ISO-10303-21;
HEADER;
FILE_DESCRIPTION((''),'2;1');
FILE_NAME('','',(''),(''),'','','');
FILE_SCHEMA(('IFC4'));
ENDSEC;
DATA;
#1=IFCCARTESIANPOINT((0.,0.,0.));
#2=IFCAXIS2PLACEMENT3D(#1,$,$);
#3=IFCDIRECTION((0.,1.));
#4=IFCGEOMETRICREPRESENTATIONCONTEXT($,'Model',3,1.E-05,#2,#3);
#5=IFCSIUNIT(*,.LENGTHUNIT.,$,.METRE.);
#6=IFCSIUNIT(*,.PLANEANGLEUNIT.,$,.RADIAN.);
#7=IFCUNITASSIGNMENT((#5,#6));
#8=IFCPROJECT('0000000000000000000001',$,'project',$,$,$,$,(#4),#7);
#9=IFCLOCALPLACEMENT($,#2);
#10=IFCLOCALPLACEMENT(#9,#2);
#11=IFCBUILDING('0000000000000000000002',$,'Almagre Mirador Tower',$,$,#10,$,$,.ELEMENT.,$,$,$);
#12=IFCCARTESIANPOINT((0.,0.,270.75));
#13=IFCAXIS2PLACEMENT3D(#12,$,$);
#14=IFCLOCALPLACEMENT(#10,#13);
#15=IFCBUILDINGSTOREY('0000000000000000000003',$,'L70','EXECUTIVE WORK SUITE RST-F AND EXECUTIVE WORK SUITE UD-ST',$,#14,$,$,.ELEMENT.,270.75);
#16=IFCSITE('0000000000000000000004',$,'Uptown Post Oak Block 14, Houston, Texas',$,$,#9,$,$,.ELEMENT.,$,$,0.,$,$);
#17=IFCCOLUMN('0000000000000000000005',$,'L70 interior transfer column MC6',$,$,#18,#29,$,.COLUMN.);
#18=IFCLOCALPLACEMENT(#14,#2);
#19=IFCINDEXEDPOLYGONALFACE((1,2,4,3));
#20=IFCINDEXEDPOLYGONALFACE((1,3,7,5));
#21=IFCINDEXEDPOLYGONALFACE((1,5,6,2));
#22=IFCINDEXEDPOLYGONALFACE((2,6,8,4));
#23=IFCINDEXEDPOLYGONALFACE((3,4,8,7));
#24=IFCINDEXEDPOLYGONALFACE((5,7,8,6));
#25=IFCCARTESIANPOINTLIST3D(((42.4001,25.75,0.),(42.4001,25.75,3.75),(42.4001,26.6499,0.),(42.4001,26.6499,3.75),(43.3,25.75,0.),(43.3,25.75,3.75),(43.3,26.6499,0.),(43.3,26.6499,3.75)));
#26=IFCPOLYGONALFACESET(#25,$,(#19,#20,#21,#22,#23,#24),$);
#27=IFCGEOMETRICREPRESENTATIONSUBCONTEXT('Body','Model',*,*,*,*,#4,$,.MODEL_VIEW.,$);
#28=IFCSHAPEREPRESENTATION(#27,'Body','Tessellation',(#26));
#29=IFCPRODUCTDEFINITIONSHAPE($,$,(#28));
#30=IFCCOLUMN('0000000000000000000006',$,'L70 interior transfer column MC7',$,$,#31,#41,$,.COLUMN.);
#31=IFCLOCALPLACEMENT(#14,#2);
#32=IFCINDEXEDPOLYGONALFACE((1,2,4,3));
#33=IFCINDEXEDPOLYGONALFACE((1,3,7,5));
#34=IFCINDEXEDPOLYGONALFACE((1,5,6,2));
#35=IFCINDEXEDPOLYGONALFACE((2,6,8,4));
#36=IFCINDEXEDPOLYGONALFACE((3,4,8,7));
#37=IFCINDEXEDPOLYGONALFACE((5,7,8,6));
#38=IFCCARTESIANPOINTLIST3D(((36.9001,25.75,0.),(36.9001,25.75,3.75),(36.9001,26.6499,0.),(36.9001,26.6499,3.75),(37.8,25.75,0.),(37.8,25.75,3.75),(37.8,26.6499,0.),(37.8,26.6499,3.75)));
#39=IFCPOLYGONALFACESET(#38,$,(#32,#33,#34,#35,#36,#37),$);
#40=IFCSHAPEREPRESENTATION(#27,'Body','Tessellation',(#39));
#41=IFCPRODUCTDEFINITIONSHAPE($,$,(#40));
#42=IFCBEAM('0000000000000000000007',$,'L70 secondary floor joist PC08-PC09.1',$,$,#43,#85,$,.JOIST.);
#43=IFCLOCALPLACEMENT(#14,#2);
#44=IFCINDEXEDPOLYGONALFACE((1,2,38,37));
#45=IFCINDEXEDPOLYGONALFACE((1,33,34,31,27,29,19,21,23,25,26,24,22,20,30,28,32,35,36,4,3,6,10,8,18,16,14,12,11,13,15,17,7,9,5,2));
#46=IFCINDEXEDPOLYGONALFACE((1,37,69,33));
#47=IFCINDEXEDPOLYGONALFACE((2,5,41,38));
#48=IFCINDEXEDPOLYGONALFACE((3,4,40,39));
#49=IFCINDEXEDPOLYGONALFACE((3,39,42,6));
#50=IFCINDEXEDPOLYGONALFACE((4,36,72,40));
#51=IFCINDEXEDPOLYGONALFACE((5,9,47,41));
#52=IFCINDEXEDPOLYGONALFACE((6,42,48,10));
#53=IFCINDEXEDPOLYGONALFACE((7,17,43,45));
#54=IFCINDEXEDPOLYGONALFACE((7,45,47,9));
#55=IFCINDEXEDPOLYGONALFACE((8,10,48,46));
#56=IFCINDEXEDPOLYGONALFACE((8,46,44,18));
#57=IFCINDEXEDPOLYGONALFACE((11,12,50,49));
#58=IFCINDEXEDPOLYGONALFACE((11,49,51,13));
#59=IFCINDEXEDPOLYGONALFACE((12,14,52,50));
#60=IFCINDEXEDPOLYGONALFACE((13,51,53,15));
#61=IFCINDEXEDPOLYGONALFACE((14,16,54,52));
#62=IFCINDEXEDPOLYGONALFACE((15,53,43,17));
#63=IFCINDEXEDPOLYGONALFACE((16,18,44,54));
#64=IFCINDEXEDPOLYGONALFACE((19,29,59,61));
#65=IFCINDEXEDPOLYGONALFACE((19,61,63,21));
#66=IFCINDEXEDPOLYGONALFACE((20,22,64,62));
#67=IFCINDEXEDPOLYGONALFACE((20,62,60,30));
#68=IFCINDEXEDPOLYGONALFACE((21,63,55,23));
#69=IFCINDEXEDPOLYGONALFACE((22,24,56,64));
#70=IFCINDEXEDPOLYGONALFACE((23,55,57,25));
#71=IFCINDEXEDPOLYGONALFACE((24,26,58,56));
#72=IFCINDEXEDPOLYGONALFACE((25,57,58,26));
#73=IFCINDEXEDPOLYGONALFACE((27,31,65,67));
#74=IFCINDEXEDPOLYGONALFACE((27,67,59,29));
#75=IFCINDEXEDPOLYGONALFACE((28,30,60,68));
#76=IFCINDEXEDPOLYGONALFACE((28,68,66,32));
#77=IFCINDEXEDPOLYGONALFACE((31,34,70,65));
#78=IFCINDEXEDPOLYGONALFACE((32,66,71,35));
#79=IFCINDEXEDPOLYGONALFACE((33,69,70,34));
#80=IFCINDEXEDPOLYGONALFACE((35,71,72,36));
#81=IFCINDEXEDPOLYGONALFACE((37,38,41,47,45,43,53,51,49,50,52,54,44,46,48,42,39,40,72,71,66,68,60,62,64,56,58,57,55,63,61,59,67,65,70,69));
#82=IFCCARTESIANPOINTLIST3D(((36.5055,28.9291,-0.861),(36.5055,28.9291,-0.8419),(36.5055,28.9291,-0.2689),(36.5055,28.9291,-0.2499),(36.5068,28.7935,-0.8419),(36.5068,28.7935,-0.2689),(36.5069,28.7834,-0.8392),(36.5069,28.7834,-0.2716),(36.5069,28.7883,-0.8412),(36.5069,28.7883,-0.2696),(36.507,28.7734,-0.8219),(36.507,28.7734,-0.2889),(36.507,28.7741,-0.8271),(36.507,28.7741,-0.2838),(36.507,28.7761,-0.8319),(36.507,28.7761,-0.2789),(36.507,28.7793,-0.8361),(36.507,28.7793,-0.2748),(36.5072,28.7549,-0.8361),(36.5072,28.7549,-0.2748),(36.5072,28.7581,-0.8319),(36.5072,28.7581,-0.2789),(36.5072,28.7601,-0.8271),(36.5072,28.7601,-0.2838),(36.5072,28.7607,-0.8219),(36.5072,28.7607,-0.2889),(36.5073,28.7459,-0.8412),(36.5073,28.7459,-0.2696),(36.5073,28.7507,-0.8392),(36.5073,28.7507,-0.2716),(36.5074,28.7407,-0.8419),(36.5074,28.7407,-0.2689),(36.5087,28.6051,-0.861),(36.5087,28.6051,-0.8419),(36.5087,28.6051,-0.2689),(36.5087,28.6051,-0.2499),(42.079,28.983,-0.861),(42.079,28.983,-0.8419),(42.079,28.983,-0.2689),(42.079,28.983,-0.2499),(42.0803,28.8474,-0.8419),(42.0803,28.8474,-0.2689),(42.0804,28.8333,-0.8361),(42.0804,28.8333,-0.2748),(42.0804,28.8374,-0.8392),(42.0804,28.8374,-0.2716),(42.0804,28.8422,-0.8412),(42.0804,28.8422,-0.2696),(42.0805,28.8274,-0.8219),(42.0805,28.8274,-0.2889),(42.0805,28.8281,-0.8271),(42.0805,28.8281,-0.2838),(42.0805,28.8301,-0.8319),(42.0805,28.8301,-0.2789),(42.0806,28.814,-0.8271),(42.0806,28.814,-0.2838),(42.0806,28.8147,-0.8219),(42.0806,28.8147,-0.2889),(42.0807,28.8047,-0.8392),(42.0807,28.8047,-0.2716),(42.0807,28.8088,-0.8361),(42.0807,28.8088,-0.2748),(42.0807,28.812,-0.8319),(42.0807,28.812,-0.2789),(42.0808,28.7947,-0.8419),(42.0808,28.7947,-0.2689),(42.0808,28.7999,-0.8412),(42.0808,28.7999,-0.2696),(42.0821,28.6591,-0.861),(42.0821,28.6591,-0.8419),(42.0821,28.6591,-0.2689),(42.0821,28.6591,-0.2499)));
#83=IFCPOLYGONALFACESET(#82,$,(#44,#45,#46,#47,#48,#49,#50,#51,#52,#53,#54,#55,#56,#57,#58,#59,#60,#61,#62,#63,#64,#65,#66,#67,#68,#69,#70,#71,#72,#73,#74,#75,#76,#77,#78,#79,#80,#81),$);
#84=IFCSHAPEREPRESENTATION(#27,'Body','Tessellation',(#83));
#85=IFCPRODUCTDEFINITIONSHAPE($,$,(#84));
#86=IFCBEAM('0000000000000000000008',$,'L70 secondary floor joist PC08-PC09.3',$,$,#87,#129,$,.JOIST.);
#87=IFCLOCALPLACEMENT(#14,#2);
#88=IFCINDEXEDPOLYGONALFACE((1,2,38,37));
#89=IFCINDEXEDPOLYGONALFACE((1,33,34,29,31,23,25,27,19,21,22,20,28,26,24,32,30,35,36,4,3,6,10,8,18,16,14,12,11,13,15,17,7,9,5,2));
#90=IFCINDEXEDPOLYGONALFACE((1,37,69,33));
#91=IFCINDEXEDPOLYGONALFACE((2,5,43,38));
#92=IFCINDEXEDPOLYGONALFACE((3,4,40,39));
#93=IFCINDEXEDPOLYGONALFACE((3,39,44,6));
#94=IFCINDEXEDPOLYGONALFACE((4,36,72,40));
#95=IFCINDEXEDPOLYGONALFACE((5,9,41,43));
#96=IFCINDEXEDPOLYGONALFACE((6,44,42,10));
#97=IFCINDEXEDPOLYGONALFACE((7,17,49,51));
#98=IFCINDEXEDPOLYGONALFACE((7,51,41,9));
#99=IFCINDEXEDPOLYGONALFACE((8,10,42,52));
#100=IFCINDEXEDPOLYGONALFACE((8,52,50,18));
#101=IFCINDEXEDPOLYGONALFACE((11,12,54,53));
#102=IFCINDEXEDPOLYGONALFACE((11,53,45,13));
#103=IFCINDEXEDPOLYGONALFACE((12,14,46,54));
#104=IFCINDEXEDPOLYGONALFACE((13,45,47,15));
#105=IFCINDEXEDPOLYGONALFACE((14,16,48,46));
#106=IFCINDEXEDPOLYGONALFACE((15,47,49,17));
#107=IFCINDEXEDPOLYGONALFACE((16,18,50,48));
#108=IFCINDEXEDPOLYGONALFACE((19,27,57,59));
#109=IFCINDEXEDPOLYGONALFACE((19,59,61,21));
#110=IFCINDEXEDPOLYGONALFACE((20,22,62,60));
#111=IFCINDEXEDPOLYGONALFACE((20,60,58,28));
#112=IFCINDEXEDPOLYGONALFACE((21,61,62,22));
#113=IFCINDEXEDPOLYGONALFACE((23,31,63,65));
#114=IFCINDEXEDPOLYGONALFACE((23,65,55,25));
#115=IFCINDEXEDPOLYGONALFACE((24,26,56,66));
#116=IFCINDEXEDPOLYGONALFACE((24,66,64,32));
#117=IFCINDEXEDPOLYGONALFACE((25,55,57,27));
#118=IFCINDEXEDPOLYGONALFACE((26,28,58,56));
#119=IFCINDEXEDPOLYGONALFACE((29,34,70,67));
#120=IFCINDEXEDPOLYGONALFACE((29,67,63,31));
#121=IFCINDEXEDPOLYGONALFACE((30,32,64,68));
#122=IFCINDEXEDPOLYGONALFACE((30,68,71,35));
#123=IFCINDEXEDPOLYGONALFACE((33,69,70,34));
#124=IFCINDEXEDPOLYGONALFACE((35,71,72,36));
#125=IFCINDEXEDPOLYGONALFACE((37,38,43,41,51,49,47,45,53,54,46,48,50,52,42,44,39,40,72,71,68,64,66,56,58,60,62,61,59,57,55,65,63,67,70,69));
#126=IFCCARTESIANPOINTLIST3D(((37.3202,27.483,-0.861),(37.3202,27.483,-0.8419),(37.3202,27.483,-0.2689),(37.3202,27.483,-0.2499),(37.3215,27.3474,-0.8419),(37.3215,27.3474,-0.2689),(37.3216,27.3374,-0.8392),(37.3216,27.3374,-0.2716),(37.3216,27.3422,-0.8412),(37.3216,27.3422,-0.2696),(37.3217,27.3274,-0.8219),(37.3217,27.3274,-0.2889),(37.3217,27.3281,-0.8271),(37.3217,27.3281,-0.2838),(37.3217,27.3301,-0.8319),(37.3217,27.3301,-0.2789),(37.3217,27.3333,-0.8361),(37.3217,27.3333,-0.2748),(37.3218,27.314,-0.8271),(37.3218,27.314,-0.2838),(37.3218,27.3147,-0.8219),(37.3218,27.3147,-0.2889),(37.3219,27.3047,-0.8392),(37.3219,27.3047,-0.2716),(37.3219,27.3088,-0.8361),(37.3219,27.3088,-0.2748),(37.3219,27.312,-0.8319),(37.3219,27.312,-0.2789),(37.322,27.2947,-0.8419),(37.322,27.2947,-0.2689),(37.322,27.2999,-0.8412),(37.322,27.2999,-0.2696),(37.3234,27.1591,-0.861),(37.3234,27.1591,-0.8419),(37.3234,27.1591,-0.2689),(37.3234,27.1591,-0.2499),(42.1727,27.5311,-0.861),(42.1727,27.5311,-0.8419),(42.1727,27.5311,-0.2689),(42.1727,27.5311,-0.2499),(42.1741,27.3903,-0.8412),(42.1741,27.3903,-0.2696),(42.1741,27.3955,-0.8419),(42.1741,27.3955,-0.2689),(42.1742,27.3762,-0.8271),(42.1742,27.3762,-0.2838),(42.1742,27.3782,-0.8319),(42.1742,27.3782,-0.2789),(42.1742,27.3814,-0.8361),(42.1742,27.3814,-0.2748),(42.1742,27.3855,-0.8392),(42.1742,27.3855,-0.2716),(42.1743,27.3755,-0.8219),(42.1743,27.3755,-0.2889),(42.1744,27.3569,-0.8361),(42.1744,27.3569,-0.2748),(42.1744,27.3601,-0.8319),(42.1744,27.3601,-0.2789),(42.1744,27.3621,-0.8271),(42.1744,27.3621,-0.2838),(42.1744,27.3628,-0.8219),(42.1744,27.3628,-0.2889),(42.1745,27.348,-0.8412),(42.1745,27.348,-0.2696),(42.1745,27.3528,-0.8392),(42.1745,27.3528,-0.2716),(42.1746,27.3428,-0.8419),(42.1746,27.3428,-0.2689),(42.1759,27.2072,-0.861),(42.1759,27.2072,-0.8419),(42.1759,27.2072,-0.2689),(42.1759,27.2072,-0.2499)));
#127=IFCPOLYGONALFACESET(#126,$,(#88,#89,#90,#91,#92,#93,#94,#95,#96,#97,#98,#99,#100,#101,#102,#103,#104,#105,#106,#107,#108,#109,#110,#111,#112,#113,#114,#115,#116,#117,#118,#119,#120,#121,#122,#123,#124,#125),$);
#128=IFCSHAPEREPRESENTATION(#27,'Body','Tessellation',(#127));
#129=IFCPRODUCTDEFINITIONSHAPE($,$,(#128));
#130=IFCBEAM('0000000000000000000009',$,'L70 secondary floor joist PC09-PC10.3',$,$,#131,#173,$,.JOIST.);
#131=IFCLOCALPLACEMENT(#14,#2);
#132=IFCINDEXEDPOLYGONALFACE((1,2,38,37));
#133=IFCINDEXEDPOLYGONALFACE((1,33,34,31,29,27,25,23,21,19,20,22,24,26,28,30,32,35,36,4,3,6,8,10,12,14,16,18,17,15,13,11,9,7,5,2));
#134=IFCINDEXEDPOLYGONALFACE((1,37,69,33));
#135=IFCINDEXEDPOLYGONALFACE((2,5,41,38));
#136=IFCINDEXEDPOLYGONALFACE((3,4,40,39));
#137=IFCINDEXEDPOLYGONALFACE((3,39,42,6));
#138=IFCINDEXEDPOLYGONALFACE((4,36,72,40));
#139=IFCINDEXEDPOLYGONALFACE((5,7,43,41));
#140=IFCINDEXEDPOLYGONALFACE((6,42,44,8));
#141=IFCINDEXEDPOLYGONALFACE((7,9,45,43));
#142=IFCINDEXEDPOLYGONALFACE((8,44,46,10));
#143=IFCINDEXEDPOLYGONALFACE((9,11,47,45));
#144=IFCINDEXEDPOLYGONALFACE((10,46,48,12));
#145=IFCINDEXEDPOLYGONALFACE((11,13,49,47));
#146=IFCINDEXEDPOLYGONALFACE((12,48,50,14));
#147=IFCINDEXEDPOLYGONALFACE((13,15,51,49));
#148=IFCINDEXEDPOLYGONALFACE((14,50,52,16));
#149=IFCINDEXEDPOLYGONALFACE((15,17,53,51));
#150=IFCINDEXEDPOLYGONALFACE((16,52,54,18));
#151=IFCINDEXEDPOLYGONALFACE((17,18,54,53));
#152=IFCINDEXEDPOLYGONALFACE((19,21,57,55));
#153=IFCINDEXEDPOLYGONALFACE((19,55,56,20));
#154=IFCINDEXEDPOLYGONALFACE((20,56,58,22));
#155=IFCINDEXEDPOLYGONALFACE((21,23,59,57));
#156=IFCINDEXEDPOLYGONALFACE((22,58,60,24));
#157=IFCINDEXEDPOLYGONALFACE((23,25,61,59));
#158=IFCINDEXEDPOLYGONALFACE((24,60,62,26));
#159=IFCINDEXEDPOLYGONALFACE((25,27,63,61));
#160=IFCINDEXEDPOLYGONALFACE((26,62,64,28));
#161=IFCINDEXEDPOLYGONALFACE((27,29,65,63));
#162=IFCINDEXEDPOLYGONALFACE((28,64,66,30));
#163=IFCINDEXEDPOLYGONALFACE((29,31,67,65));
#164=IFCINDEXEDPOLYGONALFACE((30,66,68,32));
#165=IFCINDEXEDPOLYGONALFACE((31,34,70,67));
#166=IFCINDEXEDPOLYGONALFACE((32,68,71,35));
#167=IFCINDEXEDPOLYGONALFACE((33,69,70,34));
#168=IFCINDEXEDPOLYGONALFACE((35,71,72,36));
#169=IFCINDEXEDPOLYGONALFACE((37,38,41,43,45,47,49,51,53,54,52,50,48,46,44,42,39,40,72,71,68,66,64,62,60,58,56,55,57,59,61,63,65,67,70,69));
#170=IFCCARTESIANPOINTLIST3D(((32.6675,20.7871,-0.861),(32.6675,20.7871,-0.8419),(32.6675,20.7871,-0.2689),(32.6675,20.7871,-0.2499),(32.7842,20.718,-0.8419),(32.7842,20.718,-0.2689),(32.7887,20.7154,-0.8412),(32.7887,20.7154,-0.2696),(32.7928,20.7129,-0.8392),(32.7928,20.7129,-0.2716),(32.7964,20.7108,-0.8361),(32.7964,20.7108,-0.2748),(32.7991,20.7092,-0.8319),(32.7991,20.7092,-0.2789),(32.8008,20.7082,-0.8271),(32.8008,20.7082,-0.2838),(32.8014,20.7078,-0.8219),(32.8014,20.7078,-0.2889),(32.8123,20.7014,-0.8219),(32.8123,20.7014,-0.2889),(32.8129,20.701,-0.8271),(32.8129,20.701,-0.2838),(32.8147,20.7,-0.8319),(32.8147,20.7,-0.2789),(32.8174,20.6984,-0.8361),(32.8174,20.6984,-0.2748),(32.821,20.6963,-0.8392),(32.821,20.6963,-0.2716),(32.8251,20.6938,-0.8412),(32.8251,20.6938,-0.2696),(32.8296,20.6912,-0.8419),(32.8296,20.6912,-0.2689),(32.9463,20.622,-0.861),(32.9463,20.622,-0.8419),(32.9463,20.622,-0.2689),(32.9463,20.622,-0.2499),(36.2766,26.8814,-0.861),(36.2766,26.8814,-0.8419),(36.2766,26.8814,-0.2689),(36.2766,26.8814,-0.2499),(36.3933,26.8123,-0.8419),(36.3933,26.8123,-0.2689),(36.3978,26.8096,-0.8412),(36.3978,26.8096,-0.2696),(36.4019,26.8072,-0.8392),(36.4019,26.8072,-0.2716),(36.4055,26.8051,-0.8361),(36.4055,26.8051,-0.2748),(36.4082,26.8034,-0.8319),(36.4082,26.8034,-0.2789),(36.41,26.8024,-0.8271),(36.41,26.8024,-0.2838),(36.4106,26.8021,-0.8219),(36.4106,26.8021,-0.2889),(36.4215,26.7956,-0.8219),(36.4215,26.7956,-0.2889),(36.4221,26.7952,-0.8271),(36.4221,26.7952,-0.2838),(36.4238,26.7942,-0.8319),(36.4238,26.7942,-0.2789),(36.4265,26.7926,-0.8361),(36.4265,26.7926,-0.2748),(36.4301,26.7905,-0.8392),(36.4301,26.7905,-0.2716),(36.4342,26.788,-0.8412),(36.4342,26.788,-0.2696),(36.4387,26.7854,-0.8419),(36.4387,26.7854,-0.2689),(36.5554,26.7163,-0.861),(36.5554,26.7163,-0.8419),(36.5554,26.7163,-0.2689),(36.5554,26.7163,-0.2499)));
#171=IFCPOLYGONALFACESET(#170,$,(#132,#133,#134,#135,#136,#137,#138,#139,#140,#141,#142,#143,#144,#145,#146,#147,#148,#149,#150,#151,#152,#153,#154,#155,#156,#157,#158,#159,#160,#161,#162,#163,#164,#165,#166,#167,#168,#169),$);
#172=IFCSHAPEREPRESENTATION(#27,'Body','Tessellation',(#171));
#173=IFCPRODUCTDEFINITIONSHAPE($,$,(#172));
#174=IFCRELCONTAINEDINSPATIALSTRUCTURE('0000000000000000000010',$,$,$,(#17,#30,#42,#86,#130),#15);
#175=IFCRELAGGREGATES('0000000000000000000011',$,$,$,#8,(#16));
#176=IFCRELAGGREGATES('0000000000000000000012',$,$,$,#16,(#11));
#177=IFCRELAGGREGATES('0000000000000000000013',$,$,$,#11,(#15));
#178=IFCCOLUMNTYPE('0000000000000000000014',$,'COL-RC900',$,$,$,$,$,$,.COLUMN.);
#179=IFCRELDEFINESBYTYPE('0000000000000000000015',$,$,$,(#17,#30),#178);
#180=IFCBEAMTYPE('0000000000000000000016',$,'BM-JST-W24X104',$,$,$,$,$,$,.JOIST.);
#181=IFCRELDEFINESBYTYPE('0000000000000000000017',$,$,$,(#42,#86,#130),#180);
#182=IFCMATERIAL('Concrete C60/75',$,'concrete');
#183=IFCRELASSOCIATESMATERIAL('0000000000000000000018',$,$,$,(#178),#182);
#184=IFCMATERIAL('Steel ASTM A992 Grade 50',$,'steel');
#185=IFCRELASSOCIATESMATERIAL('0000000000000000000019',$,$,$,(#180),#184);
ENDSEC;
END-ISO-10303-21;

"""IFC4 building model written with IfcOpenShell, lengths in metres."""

from ifc_helpers import new_model, si_unit, direction, frame, origin, origin_2d, place, context, subcontext, project, spatial, rectangle, i_section, extrude, material, material_profile, profile_set, type_object, element, save


model = new_model("IFC4")

# Units and contexts
model_context = context("Model", 3, precision=1e-05, world=origin(), true_north=direction((0.0, 1.0)))
body_context = subcontext(model_context, "Body", "Model", "MODEL_VIEW")
ifc_project = project(units=[si_unit("LENGTHUNIT", "METRE"), si_unit("PLANEANGLEUNIT", "RADIAN")], contexts=[model_context])

# Site, building, storey
site_placement = place(None, origin())
site = spatial("IfcSite", under=ifc_project, at=site_placement, Name="Uptown Post Oak Block 14, Houston, Texas", CompositionType="ELEMENT", RefElevation=0.0)
building_placement = place(site_placement, origin())
building = spatial("IfcBuilding", under=site, at=building_placement, Name="Almagre Mirador Tower", CompositionType="ELEMENT")
storey_placement = place(building_placement, frame((0.0, 0.0, 270.75)))
storey = spatial("IfcBuildingStorey", under=building, at=storey_placement, Name="L70", Description="EXECUTIVE WORK SUITE RST-F AND EXECUTIVE WORK SUITE UD-ST", CompositionType="ELEMENT", Elevation=270.75)

# Columns
ifc_material_1 = material(Name="Concrete C60/75", Category="concrete")
ifc_material_profile_1 = material_profile(ifc_material_1, rectangle(XDim=0.8999, YDim=0.8999, at=origin_2d()), Name="RC900X900")
ifc_profile_set_1 = profile_set([ifc_material_profile_1], Name="Concrete C60/75")
column_type = type_object("IfcColumnType", Name="COL-RC900", PredefinedType="COLUMN", material=ifc_profile_set_1)
for number, where, z_axis, x_axis, name in (
    (1, (42.8501, 26.2, 0.0), (0.0, 0.0, 1.0), (1.0, 0.0, 0.0), "L70 interior transfer column MC6"),
    (2, (37.3501, 26.2, 0.0), (0.0, 0.0, 1.0), (1.0, 0.0, 0.0), "L70 interior transfer column MC7"),
):
    element("IfcColumn", number, at=place(storey_placement, frame(where, z_axis=z_axis, x_axis=x_axis)), inside=storey, type_object=column_type, Name=name, PredefinedType="COLUMN", context=body_context, shape_type="SweptSolid", body=[
        extrude(rectangle(XDim=0.8999, YDim=0.8999, at=origin_2d()), origin(), (0.0, 0.0, 1.0), 3.75),
    ])

# Beams
ifc_material_2 = material(Name="Steel ASTM A992 Grade 50", Category="steel")
ifc_material_profile_2 = material_profile(ifc_material_2, i_section(OverallWidth=0.324, OverallDepth=0.6111, WebThickness=0.0127, FlangeThickness=0.019, FilletRadius=0.02, at=origin_2d()), Name="W24X104")
ifc_profile_set_2 = profile_set([ifc_material_profile_2], Name="Steel ASTM A992 Grade 50")
beam_type_1 = type_object("IfcBeamType", Name="BM-JST-W24X104", PredefinedType="JOIST", material=ifc_profile_set_2)
beam_1_placement = place(storey_placement, frame((42.0806, 28.821, -0.5554), z_axis=(-0.999953, -0.00968, 0.0), x_axis=(0.00968, -0.999953, 0.0)))
element("IfcBeam", 3, at=beam_1_placement, inside=storey, type_object=beam_type_1, Name="L70 secondary floor joist PC08-PC09.1", PredefinedType="JOIST", context=body_context, shape_type="SweptSolid", body=[
    extrude(i_section(OverallWidth=0.324, OverallDepth=0.6111, WebThickness=0.0127, FlangeThickness=0.019, FilletRadius=0.02, at=origin_2d()), origin(), (0.0, 0.0, 1.0), 5.5737),
])
beam_2_placement = place(storey_placement, frame((42.1743, 27.3691, -0.5554), z_axis=(-0.999951, -0.009911, 0.0), x_axis=(0.009911, -0.999951, 0.0)))
element("IfcBeam", 4, at=beam_2_placement, inside=storey, type_object=beam_type_1, Name="L70 secondary floor joist PC08-PC09.3", PredefinedType="JOIST", context=body_context, shape_type="SweptSolid", body=[
    extrude(i_section(OverallWidth=0.324, OverallDepth=0.6111, WebThickness=0.0127, FlangeThickness=0.019, FilletRadius=0.02, at=origin_2d()), origin(), (0.0, 0.0, 1.0), 4.8528),
])
beam_3_placement = place(storey_placement, frame((36.416, 26.7988, -0.5554), z_axis=(-0.509565, -0.860432, 0.0), x_axis=(0.860432, -0.509565, 0.0)))
element("IfcBeam", 5, at=beam_3_placement, inside=storey, type_object=beam_type_1, Name="L70 secondary floor joist PC09-PC10.3", PredefinedType="JOIST", context=body_context, shape_type="SweptSolid", body=[
    extrude(i_section(OverallWidth=0.324, OverallDepth=0.6111, WebThickness=0.0127, FlangeThickness=0.019, FilletRadius=0.02, at=origin_2d()), origin(), (0.0, 0.0, 1.0), 7.0828),
])

save(model, "model.ifc")
